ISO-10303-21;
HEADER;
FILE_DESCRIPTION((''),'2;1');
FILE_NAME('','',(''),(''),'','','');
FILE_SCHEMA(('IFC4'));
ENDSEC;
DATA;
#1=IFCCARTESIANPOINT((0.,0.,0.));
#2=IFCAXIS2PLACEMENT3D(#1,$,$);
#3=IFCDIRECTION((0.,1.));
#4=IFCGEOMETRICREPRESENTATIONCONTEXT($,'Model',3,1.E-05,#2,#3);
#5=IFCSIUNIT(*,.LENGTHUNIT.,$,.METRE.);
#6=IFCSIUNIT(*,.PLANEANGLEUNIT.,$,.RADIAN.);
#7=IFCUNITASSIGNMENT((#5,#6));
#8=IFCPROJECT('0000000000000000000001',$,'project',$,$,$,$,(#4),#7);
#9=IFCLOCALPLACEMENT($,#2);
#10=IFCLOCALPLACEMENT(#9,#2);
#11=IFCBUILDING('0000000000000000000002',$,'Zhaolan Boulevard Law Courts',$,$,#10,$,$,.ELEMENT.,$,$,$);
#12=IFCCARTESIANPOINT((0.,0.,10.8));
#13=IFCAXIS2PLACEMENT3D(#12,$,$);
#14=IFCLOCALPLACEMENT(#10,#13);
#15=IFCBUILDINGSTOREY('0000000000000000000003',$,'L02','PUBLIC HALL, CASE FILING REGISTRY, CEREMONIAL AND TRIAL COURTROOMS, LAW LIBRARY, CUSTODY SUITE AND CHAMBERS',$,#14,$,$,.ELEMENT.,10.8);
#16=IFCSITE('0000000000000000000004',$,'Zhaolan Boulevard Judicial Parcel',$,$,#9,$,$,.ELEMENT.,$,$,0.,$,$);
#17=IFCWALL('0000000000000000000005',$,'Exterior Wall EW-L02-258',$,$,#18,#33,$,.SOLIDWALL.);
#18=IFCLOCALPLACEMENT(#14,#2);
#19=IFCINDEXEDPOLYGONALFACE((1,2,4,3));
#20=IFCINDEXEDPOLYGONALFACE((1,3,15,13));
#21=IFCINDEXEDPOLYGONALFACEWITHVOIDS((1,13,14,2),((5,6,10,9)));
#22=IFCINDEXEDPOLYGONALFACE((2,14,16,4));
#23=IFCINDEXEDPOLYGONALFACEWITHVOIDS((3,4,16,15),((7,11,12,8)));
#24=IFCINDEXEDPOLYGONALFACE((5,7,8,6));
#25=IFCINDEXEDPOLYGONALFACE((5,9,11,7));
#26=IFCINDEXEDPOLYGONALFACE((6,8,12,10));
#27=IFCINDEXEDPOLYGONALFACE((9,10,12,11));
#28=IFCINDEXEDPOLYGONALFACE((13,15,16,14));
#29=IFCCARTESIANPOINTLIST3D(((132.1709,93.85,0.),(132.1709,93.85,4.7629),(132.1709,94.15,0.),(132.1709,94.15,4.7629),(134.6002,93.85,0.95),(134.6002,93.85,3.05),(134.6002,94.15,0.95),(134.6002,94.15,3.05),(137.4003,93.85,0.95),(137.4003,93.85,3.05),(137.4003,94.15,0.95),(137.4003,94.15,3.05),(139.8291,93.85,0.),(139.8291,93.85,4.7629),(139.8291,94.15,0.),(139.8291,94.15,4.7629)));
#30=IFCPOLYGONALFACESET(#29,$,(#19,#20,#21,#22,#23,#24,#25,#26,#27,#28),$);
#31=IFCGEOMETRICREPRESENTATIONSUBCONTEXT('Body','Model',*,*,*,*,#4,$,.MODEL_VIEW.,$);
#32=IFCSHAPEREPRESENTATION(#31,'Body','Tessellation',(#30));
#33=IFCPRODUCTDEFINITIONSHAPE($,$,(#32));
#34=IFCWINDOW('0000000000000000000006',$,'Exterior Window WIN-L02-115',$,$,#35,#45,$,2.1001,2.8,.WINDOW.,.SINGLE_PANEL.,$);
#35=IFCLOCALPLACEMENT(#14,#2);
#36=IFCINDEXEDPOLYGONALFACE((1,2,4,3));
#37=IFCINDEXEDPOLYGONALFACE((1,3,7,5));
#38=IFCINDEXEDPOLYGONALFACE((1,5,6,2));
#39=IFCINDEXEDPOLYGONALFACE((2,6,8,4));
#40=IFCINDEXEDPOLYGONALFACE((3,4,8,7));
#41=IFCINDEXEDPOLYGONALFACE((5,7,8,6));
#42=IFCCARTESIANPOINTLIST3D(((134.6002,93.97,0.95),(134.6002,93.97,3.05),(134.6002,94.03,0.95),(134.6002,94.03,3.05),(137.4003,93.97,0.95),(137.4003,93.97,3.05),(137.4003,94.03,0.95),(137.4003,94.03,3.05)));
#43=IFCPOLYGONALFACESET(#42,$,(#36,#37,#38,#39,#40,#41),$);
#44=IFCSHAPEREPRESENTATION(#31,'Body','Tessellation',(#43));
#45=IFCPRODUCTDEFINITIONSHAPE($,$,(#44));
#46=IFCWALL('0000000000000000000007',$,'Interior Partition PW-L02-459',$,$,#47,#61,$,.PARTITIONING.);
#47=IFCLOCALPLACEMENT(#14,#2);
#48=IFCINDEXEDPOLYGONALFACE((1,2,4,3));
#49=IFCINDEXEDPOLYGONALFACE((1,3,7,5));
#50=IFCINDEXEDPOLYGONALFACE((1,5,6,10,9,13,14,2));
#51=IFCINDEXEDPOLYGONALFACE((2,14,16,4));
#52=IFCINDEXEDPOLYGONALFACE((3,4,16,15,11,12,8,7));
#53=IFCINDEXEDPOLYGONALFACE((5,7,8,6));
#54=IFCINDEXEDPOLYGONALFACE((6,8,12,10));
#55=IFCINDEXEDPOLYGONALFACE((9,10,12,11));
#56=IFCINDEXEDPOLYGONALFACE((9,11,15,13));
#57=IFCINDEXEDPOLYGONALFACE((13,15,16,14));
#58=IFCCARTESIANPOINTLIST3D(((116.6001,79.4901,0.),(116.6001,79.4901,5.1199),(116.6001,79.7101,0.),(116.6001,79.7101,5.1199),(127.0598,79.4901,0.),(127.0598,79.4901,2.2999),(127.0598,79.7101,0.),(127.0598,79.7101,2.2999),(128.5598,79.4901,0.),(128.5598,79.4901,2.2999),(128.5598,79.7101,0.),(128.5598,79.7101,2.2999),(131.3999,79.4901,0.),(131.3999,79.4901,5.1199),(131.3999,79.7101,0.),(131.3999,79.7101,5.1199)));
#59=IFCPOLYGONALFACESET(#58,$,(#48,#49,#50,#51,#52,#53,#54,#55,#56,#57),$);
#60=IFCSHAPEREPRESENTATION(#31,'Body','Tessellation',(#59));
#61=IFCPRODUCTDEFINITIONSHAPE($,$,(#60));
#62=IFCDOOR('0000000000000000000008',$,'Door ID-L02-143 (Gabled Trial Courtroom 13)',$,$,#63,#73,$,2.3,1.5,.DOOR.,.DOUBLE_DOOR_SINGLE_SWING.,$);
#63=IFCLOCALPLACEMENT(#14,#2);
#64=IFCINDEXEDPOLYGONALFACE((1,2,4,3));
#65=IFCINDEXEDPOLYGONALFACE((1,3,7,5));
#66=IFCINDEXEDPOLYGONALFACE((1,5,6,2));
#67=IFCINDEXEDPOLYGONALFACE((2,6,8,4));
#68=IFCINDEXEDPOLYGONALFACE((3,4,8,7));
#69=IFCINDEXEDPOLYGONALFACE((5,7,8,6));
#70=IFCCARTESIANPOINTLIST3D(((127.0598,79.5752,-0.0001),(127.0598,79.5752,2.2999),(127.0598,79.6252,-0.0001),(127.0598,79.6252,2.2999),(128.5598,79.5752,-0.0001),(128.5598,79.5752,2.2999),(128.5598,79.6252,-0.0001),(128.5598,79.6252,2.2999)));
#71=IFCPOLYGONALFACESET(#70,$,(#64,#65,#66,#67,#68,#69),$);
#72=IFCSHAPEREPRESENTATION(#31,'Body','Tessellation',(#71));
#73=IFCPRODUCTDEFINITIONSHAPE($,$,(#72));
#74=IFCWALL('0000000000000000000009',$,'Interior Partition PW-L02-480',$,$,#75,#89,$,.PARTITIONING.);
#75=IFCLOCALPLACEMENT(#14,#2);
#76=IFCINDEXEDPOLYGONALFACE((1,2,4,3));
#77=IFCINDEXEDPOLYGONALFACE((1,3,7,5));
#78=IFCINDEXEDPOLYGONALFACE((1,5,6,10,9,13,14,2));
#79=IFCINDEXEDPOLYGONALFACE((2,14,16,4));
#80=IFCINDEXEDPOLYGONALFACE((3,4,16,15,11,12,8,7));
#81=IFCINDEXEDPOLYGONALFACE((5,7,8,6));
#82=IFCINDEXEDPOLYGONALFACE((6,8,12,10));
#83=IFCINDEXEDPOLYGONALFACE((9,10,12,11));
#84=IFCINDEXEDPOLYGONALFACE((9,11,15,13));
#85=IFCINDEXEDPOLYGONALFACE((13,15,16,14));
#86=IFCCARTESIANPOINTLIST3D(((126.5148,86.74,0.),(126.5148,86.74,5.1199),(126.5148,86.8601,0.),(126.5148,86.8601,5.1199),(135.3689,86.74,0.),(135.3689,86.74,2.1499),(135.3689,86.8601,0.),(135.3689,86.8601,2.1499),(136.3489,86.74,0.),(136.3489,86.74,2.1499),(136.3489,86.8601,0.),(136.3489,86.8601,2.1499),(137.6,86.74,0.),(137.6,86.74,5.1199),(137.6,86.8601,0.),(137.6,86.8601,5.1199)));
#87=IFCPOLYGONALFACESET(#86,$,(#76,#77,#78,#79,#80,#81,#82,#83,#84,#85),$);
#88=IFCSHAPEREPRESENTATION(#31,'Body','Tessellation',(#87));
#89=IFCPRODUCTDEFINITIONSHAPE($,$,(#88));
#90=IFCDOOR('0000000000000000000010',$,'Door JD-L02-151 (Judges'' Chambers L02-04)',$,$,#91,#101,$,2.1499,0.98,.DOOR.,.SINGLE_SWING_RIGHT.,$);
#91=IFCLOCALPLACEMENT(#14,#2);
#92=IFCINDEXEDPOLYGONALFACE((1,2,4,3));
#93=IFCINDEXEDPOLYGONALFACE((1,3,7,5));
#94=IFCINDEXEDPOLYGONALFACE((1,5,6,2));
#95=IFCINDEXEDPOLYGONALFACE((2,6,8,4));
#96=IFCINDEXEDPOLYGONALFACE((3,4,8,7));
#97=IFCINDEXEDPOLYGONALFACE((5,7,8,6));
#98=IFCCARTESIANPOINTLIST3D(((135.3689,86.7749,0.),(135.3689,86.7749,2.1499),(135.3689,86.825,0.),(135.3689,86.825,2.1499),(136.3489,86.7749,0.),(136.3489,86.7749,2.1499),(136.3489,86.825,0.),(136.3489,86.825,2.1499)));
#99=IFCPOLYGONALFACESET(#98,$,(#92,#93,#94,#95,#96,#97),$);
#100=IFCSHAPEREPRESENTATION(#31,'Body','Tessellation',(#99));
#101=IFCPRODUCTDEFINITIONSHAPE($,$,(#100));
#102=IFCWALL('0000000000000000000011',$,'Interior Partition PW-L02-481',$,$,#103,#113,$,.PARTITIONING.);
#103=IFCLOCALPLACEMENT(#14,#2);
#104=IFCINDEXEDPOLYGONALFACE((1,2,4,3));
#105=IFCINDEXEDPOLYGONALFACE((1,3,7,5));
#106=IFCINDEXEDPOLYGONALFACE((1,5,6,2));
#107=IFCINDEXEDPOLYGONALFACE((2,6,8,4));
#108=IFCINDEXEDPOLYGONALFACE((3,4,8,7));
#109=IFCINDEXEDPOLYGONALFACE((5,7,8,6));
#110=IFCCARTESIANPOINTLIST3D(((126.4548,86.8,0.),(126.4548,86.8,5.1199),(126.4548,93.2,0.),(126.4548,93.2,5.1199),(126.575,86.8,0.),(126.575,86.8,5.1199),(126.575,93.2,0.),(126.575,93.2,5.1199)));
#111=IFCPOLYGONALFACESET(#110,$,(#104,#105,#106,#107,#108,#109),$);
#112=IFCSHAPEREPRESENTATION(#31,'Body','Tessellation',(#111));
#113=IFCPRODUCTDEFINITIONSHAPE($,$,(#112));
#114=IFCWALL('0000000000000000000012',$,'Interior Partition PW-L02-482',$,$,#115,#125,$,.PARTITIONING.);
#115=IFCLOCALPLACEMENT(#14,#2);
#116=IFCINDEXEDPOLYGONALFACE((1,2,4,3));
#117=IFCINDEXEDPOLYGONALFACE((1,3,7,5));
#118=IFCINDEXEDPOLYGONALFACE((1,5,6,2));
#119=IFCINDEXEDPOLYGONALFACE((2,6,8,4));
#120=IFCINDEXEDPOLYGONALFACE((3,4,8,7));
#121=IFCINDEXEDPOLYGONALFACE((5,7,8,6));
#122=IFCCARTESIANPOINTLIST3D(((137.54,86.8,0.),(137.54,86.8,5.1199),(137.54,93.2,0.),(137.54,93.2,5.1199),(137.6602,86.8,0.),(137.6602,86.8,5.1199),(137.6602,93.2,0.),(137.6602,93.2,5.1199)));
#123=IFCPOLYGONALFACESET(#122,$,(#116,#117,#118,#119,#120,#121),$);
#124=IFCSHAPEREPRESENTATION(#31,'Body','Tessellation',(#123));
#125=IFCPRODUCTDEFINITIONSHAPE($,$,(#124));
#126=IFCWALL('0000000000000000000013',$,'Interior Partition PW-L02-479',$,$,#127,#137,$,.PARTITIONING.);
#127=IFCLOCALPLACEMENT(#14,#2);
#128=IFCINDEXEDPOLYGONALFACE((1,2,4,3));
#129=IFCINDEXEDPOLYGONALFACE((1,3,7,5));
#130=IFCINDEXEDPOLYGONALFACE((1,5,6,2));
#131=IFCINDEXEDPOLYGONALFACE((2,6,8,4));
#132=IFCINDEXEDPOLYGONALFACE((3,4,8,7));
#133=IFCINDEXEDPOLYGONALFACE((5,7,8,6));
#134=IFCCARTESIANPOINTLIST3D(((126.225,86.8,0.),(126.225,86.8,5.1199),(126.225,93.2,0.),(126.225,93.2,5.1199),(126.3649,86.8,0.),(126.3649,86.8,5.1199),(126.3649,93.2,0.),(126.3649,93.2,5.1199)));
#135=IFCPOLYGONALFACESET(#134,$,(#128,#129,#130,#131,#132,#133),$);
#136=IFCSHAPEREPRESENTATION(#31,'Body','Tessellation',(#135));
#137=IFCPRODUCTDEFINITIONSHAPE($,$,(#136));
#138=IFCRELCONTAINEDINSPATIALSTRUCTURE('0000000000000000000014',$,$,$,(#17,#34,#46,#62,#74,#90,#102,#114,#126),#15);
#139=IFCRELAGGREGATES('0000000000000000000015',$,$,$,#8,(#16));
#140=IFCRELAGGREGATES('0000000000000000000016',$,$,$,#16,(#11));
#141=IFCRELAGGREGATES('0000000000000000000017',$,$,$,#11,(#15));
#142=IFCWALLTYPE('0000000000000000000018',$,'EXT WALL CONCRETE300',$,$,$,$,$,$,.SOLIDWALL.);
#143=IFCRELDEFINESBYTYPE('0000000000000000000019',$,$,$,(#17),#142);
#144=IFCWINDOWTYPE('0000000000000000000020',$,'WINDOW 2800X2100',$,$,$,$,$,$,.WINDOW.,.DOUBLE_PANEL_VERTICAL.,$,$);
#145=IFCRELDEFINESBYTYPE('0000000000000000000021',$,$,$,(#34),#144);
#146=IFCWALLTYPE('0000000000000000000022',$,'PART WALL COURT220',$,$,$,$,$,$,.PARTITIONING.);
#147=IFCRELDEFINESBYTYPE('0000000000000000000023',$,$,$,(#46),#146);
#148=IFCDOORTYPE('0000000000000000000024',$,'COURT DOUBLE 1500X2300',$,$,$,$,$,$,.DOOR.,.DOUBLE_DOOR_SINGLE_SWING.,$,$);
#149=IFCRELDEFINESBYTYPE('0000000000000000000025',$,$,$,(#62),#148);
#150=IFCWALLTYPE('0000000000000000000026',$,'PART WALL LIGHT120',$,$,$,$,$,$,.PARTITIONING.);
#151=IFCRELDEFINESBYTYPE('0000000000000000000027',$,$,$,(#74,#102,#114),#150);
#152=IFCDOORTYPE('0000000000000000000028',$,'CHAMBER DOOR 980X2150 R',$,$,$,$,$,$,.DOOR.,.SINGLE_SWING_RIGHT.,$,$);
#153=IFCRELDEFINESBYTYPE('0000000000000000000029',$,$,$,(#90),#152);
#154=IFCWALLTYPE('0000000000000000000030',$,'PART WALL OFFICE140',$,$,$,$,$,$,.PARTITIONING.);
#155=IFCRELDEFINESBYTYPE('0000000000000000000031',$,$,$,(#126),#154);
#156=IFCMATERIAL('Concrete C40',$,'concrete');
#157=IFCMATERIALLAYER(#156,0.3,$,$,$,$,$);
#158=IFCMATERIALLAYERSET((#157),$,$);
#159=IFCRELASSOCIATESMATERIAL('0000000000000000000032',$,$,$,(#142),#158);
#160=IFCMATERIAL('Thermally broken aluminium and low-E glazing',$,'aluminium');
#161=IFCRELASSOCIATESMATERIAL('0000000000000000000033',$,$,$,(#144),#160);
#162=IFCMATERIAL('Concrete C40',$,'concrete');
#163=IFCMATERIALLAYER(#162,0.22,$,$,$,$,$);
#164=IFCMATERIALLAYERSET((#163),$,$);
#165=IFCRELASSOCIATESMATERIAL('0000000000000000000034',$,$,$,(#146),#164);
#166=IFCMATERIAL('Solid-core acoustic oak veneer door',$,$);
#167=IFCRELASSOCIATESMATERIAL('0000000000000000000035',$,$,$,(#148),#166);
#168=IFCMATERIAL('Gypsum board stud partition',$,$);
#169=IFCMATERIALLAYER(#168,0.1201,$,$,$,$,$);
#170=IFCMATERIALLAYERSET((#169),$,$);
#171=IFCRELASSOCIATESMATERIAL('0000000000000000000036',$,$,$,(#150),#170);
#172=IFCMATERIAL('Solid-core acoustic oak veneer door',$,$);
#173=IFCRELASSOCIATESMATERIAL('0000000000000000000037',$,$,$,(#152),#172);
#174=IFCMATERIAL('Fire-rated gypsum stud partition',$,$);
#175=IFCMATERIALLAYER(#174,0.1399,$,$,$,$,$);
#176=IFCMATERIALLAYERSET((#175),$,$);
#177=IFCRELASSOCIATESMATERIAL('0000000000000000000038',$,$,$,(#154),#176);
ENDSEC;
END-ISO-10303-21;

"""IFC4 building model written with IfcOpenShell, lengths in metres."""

from ifc_helpers import new_model, si_unit, direction, frame, frame_2d, origin, place, context, subcontext, project, spatial, rectangle, extrude, material, layer, layer_set, type_object, element, fill, save


model = new_model("IFC4")

# Units and contexts
model_context = context("Model", 3, precision=1e-05, world=origin(), true_north=direction((0.0, 1.0)))
body_context = subcontext(model_context, "Body", "Model", "MODEL_VIEW")
ifc_project = project(units=[si_unit("LENGTHUNIT", "METRE"), si_unit("PLANEANGLEUNIT", "RADIAN")], contexts=[model_context])

# Site, building, storey
site_placement = place(None, origin())
site = spatial("IfcSite", under=ifc_project, at=site_placement, Name="Zhaolan Boulevard Judicial Parcel", CompositionType="ELEMENT", RefElevation=0.0)
building_placement = place(site_placement, origin())
building = spatial("IfcBuilding", under=site, at=building_placement, Name="Zhaolan Boulevard Law Courts", CompositionType="ELEMENT")
storey_placement = place(building_placement, frame((0.0, 0.0, 10.8)))
storey = spatial("IfcBuildingStorey", under=building, at=storey_placement, Name="L02", Description="PUBLIC HALL, CASE FILING REGISTRY, CEREMONIAL AND TRIAL COURTROOMS, LAW LIBRARY, CUSTODY SUITE AND CHAMBERS", CompositionType="ELEMENT", Elevation=10.8)

# Wall, opening, window
ifc_material_1 = material(Name="Concrete C40", Category="concrete")
ifc_layer_1 = layer(ifc_material_1, 0.3)
ifc_layer_set_1 = layer_set([ifc_layer_1])
wall_type_1 = type_object("IfcWallType", Name="EXT WALL CONCRETE300", PredefinedType="SOLIDWALL", material=ifc_layer_set_1)
wall_1_placement = place(storey_placement, frame((139.8291, 94.0, 0.0), z_axis=(0.0, 0.0, 1.0), x_axis=(-1.0, 0.0, 0.0)))
wall_1 = element("IfcWall", 1, at=wall_1_placement, inside=storey, type_object=wall_type_1, Name="Exterior Wall EW-L02-258", PredefinedType="SOLIDWALL", context=body_context, shape_type="SweptSolid", body=[
    extrude(rectangle(XDim=7.6582, YDim=0.3, at=frame_2d((3.8291, 0.0))), origin(), (0.0, 0.0, 1.0), 4.7629),
])
opening_1_placement = place(wall_1_placement, frame((2.429, 0.0, 0.95)))
opening_1 = element("IfcOpeningElement", 2, at=opening_1_placement, cuts=wall_1, PredefinedType="OPENING", context=body_context, shape_type="SweptSolid", body=[
    extrude(rectangle(XDim=2.8, YDim=2.1001, at=frame_2d((1.3999, 1.05))), frame((0.0, 0.1599, 0.0), z_axis=(0.0, -1.0, 0.0), x_axis=(1.0, 0.0, 0.0)), (0.0, 0.0, 1.0), 0.3201),
])
ifc_material_2 = material(Name="Thermally broken aluminium and low-E glazing", Category="aluminium")
window_type_1 = type_object("IfcWindowType", Name="WINDOW 2800X2100", PartitioningType="DOUBLE_PANEL_VERTICAL", PredefinedType="WINDOW", material=ifc_material_2)
window_1_placement = place(opening_1_placement, origin())
window_1 = element("IfcWindow", 3, at=window_1_placement, inside=storey, type_object=window_type_1, Name="Exterior Window WIN-L02-115", OverallHeight=2.1001, OverallWidth=2.8, PartitioningType="SINGLE_PANEL", PredefinedType="WINDOW", context=body_context, shape_type="SweptSolid", body=[
    extrude(rectangle(XDim=2.8, YDim=2.1001, at=frame_2d((1.3999, 1.05))), frame((0.0, 0.03, 0.0), z_axis=(0.0, -1.0, 0.0), x_axis=(1.0, 0.0, 0.0)), (0.0, 0.0, 1.0), 0.0601),
])
fill(opening_1, window_1)

# Walls, openings, doors
ifc_material_3 = material(Name="Concrete C40", Category="concrete")
ifc_layer_2 = layer(ifc_material_3, 0.22)
ifc_layer_set_2 = layer_set([ifc_layer_2])
wall_type_2 = type_object("IfcWallType", Name="PART WALL COURT220", PredefinedType="PARTITIONING", material=ifc_layer_set_2)
wall_2_placement = place(storey_placement, frame((131.3999, 79.6001, 0.0), z_axis=(0.0, 0.0, 1.0), x_axis=(-1.0, 0.0, 0.0)))
wall_2 = element("IfcWall", 4, at=wall_2_placement, inside=storey, type_object=wall_type_2, Name="Interior Partition PW-L02-459", PredefinedType="PARTITIONING", context=body_context, shape_type="SweptSolid", body=[
    extrude(rectangle(XDim=14.7998, YDim=0.22, at=frame_2d((7.3999, 0.0))), origin(), (0.0, 0.0, 1.0), 5.1199),
])
opening_2_placement = place(wall_2_placement, frame((2.8401, 0.0, 0.0)))
opening_2 = element("IfcOpeningElement", 5, at=opening_2_placement, cuts=wall_2, PredefinedType="OPENING", context=body_context, shape_type="SweptSolid", body=[
    extrude(rectangle(XDim=1.5, YDim=2.3, at=frame_2d((0.75, 1.1499))), frame((0.0, 0.1199, 0.0), z_axis=(0.0, -1.0, 0.0), x_axis=(1.0, 0.0, 0.0)), (0.0, 0.0, 1.0), 0.24),
])
ifc_material_4 = material(Name="Solid-core acoustic oak veneer door")
door_type_1 = type_object("IfcDoorType", Name="COURT DOUBLE 1500X2300", OperationType="DOUBLE_DOOR_SINGLE_SWING", PredefinedType="DOOR", material=ifc_material_4)
door_1_placement = place(opening_2_placement, origin())
door_1 = element("IfcDoor", 6, at=door_1_placement, inside=storey, type_object=door_type_1, Name="Door ID-L02-143 (Gabled Trial Courtroom 13)", OperationType="DOUBLE_DOOR_SINGLE_SWING", OverallHeight=2.3, OverallWidth=1.5, PredefinedType="DOOR", context=body_context, shape_type="SweptSolid", body=[
    extrude(rectangle(XDim=1.5, YDim=2.3, at=frame_2d((0.75, 1.1499))), frame((0.0, 0.0249, 0.0), z_axis=(0.0, -1.0, 0.0), x_axis=(1.0, 0.0, 0.0)), (0.0, 0.0, 1.0), 0.05),
])
fill(opening_2, door_1)
ifc_material_5 = material(Name="Gypsum board stud partition")
ifc_layer_3 = layer(ifc_material_5, 0.1201)
ifc_layer_set_3 = layer_set([ifc_layer_3])
wall_type_3 = type_object("IfcWallType", Name="PART WALL LIGHT120", PredefinedType="PARTITIONING", material=ifc_layer_set_3)
wall_3_placement = place(storey_placement, frame((126.5149, 86.8, 0.0), z_axis=(0.0, 0.0, 1.0), x_axis=(1.0, 0.0, 0.0)))
wall_3 = element("IfcWall", 7, at=wall_3_placement, inside=storey, type_object=wall_type_3, Name="Interior Partition PW-L02-480", PredefinedType="PARTITIONING", context=body_context, shape_type="SweptSolid", body=[
    extrude(rectangle(XDim=11.0852, YDim=0.1201, at=frame_2d((5.5425, 0.0))), origin(), (0.0, 0.0, 1.0), 5.1199),
])
opening_3_placement = place(wall_3_placement, frame((8.854, 0.0, 0.0)))
opening_3 = element("IfcOpeningElement", 8, at=opening_3_placement, cuts=wall_3, PredefinedType="OPENING", context=body_context, shape_type="SweptSolid", body=[
    extrude(rectangle(XDim=0.98, YDim=2.1499, at=frame_2d((0.49, 1.075))), frame((0.0, 0.0701, 0.0), z_axis=(0.0, -1.0, 0.0), x_axis=(1.0, 0.0, 0.0)), (0.0, 0.0, 1.0), 0.1401),
])
ifc_material_6 = material(Name="Solid-core acoustic oak veneer door")
door_type_2 = type_object("IfcDoorType", Name="CHAMBER DOOR 980X2150 R", OperationType="SINGLE_SWING_RIGHT", PredefinedType="DOOR", material=ifc_material_6)
door_2_placement = place(opening_3_placement, origin())
door_2 = element("IfcDoor", 9, at=door_2_placement, inside=storey, type_object=door_type_2, Name="Door JD-L02-151 (Judges' Chambers L02-04)", OperationType="SINGLE_SWING_RIGHT", OverallHeight=2.1499, OverallWidth=0.98, PredefinedType="DOOR", context=body_context, shape_type="SweptSolid", body=[
    extrude(rectangle(XDim=0.98, YDim=2.1499, at=frame_2d((0.49, 1.075))), frame((0.0, 0.0249, 0.0), z_axis=(0.0, -1.0, 0.0), x_axis=(1.0, 0.0, 0.0)), (0.0, 0.0, 1.0), 0.05),
])
fill(opening_3, door_2)

# Walls
for number, where, z_axis, x_axis, name in (
    (10, (126.5149, 93.2, 0.0), (0.0, 0.0, 1.0), (0.0, -1.0, 0.0), "Interior Partition PW-L02-481"),
    (11, (137.6001, 86.8, 0.0), (0.0, 0.0, 1.0), (0.0, 1.0, 0.0), "Interior Partition PW-L02-482"),
):
    element("IfcWall", number, at=place(storey_placement, frame(where, z_axis=z_axis, x_axis=x_axis)), inside=storey, type_object=wall_type_3, Name=name, PredefinedType="PARTITIONING", context=body_context, shape_type="SweptSolid", body=[
        extrude(rectangle(XDim=6.3999, YDim=0.1201, at=frame_2d((3.2, 0.0))), origin(), (0.0, 0.0, 1.0), 5.1199),
    ])
ifc_material_7 = material(Name="Fire-rated gypsum stud partition")
ifc_layer_4 = layer(ifc_material_7, 0.1399)
ifc_layer_set_4 = layer_set([ifc_layer_4])
wall_type_4 = type_object("IfcWallType", Name="PART WALL OFFICE140", PredefinedType="PARTITIONING", material=ifc_layer_set_4)
wall_4_placement = place(storey_placement, frame((126.2949, 86.8, 0.0), z_axis=(0.0, 0.0, 1.0), x_axis=(0.0, 1.0, 0.0)))
element("IfcWall", 12, at=wall_4_placement, inside=storey, type_object=wall_type_4, Name="Interior Partition PW-L02-479", PredefinedType="PARTITIONING", context=body_context, shape_type="SweptSolid", body=[
    extrude(rectangle(XDim=6.3999, YDim=0.1399, at=frame_2d((3.2, 0.0))), origin(), (0.0, 0.0, 1.0), 5.1199),
])

save(model, "model.ifc")
